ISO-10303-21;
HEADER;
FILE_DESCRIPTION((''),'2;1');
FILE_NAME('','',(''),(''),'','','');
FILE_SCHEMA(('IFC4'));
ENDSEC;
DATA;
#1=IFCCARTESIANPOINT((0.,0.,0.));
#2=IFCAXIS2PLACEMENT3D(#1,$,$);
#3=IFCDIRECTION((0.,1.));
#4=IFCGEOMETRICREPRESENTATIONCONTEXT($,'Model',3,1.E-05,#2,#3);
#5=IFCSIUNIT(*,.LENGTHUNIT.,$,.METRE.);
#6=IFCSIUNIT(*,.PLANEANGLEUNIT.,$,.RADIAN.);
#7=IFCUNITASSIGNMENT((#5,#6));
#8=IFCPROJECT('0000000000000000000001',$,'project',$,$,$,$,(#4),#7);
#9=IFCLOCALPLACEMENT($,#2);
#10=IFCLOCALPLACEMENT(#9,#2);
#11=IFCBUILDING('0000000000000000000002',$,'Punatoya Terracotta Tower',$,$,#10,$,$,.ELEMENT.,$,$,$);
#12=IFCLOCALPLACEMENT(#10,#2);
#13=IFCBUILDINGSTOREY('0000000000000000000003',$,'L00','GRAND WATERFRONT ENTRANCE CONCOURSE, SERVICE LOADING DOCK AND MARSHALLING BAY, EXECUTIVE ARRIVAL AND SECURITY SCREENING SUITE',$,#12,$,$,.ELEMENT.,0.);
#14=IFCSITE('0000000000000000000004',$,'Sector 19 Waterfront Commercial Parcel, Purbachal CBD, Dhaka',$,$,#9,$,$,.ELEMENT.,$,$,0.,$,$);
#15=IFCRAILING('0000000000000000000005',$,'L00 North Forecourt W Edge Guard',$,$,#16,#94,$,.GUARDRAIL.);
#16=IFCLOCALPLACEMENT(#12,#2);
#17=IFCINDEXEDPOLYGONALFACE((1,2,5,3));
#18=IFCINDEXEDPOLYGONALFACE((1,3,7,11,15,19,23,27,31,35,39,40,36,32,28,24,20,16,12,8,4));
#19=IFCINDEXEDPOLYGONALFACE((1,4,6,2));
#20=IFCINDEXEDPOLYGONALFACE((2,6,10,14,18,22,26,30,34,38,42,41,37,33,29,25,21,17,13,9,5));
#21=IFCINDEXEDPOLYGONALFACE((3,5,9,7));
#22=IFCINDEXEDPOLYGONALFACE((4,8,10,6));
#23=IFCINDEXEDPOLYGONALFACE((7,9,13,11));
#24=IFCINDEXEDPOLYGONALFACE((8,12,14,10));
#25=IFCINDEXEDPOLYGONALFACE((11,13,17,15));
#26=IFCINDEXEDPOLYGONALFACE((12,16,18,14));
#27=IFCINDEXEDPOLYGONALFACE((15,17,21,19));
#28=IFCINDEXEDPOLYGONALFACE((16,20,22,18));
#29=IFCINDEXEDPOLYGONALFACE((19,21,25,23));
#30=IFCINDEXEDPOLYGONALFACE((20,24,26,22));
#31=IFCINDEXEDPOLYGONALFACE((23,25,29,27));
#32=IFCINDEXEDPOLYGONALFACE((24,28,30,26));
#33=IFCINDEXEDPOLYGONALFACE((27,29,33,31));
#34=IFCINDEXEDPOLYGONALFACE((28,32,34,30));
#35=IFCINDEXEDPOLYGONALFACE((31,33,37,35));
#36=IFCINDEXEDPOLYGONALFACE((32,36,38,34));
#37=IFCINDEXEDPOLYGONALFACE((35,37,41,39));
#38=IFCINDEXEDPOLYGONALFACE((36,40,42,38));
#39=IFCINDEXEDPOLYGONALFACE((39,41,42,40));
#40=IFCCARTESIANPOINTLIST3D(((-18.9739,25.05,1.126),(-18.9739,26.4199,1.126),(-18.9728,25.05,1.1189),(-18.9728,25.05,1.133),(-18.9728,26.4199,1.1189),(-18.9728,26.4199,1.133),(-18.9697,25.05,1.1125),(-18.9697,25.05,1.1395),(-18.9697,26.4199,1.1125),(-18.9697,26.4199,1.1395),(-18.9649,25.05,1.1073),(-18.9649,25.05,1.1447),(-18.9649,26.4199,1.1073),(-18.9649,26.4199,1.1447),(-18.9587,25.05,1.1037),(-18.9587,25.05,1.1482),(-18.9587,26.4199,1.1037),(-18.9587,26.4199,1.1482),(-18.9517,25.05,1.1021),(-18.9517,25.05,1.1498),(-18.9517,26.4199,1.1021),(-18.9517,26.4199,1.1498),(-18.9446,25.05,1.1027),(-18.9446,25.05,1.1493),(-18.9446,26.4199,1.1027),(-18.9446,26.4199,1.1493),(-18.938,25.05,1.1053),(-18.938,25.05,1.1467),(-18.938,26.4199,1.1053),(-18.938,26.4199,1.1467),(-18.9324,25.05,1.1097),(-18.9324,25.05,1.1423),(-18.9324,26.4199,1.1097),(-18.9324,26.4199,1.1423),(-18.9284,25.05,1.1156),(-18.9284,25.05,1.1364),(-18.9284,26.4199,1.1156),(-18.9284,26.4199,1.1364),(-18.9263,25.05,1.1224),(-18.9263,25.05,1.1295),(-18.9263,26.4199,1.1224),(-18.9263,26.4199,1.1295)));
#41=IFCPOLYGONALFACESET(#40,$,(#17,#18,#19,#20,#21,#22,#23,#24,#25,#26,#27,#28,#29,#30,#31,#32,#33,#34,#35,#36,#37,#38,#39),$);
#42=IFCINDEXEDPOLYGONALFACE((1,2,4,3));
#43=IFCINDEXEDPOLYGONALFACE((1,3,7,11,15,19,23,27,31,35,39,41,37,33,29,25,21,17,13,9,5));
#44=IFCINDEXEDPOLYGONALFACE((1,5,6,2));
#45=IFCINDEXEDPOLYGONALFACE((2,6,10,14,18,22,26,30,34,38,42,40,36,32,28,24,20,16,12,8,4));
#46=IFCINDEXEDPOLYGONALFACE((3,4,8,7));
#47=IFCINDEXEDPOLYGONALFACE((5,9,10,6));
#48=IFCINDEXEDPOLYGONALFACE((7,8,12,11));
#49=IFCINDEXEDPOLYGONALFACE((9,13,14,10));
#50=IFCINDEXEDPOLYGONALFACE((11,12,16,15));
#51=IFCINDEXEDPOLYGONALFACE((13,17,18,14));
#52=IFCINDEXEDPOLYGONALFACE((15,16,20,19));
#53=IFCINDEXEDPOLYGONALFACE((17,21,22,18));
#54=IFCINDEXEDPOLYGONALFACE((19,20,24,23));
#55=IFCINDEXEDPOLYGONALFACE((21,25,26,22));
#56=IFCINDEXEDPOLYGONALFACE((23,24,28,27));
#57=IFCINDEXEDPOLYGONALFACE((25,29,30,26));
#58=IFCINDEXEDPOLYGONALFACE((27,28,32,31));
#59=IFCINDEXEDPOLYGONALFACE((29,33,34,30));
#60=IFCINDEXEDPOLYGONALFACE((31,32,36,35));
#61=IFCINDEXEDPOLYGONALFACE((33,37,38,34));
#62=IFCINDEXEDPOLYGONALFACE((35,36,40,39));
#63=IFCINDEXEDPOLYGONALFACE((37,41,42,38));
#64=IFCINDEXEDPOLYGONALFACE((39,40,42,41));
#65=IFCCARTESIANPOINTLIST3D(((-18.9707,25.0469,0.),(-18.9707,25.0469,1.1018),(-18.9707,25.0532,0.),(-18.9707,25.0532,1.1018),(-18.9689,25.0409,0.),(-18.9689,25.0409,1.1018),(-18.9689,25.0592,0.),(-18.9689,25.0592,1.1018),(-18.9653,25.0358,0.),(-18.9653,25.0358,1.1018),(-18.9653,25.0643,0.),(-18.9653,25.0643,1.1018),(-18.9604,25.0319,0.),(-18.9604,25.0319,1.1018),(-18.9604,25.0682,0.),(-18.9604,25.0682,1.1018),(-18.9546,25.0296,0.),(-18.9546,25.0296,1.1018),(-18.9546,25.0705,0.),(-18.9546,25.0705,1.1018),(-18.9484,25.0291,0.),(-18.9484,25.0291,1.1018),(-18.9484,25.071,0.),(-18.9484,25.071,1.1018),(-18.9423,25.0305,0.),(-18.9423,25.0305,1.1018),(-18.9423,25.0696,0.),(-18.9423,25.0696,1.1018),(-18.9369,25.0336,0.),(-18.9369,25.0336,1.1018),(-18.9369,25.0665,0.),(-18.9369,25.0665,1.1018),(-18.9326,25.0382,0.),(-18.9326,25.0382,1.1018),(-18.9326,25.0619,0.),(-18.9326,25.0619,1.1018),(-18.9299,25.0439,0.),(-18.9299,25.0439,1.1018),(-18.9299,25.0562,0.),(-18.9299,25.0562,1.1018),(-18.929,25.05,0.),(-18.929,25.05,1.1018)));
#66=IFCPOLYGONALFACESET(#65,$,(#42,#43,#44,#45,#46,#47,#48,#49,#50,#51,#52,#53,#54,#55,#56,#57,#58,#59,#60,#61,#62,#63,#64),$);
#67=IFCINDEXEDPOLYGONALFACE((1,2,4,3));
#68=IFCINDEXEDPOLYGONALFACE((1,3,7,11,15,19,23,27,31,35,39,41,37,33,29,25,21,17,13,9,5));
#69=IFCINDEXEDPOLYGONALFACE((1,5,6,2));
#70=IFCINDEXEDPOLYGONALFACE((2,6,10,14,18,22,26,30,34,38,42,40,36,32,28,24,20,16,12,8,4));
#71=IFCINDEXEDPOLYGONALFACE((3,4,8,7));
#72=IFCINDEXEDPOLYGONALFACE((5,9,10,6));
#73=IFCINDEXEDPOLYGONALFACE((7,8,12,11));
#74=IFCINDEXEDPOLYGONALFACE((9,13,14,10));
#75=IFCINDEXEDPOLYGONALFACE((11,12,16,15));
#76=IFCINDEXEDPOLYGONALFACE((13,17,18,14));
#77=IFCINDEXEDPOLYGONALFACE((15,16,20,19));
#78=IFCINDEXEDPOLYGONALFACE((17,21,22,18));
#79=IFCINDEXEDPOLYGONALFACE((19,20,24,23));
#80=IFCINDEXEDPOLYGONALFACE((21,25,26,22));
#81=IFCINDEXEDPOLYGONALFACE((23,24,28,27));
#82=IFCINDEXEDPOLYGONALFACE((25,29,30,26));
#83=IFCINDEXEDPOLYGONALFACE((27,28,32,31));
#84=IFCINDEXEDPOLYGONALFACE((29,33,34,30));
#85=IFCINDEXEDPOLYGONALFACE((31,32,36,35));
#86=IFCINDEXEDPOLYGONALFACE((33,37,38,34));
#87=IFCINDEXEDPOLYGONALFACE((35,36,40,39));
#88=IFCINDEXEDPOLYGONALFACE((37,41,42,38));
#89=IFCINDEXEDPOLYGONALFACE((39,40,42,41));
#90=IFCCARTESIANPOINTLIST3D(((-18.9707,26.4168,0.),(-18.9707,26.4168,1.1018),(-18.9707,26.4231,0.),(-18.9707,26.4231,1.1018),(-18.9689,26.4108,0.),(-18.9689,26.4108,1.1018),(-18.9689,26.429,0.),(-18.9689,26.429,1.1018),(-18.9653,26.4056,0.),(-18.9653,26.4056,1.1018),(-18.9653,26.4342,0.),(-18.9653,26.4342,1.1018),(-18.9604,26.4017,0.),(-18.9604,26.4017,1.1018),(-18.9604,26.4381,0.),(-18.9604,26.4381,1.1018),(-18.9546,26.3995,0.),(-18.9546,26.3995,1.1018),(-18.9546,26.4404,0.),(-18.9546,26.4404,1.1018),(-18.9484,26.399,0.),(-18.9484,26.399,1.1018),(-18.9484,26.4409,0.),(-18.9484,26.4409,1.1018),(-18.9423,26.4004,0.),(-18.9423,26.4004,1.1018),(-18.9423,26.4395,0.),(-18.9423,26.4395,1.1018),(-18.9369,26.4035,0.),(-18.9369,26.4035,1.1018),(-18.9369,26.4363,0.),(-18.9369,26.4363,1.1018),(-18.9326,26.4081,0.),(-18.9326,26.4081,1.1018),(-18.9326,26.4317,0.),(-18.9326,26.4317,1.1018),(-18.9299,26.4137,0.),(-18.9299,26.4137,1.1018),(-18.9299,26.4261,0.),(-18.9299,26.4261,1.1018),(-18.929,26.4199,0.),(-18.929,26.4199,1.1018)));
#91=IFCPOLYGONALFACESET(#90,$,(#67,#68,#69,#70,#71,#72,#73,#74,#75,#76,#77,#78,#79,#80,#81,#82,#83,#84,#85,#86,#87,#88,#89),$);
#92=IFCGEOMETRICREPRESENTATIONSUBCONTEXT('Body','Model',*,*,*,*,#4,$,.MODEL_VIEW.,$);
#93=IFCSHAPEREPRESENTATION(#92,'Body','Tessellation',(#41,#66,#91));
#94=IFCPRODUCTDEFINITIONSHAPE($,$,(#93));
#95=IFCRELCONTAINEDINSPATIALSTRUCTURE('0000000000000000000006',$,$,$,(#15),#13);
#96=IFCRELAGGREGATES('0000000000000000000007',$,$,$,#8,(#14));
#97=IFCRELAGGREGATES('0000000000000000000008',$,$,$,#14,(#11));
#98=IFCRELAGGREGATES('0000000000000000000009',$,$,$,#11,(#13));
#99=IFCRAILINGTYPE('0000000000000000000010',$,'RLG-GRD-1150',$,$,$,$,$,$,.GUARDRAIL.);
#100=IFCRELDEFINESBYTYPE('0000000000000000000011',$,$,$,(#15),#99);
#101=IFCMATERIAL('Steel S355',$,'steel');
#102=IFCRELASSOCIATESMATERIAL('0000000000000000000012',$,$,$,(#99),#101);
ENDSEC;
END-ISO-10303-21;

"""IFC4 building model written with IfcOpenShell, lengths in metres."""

from ifc_helpers import new_model, si_unit, direction, frame, origin, origin_2d, place, context, subcontext, project, spatial, circle, extrude, material, type_object, element, save


model = new_model("IFC4")

# Units and contexts
model_context = context("Model", 3, precision=1e-05, world=origin(), true_north=direction((0.0, 1.0)))
body_context = subcontext(model_context, "Body", "Model", "MODEL_VIEW")
ifc_project = project(units=[si_unit("LENGTHUNIT", "METRE"), si_unit("PLANEANGLEUNIT", "RADIAN")], contexts=[model_context])

# Site, building, storey
site_placement = place(None, origin())
site = spatial("IfcSite", under=ifc_project, at=site_placement, Name="Sector 19 Waterfront Commercial Parcel, Purbachal CBD, Dhaka", CompositionType="ELEMENT", RefElevation=0.0)
building_placement = place(site_placement, origin())
building = spatial("IfcBuilding", under=site, at=building_placement, Name="Punatoya Terracotta Tower", CompositionType="ELEMENT")
storey_placement = place(building_placement, origin())
storey = spatial("IfcBuildingStorey", under=building, at=storey_placement, Name="L00", Description="GRAND WATERFRONT ENTRANCE CONCOURSE, SERVICE LOADING DOCK AND MARSHALLING BAY, EXECUTIVE ARRIVAL AND SECURITY SCREENING SUITE", CompositionType="ELEMENT", Elevation=0.0)

# Shared definitions
ifc_material_1 = material(Name="Steel S355", Category="steel")

# Railing
railing_type_1 = type_object("IfcRailingType", Name="RLG-GRD-1150", PredefinedType="GUARDRAIL", material=ifc_material_1)
railing_1_placement = place(storey_placement, frame((-18.95, 25.05, 0.0)))
element("IfcRailing", 1, at=railing_1_placement, inside=storey, type_object=railing_type_1, Name="L00 North Forecourt W Edge Guard", PredefinedType="GUARDRAIL", context=body_context, shape_type="SweptSolid", body=[
    extrude(circle(Radius=0.0239, at=origin_2d()), frame((0.0, 0.0, 1.126), z_axis=(0.0, 1.0, 0.0), x_axis=(-1.0, 0.0, 0.0)), (0.0, 0.0, 1.0), 1.3699),
    extrude(circle(Radius=0.021, at=origin_2d()), origin(), (0.0, 0.0, 1.0), 1.1018),
    extrude(circle(Radius=0.021, at=origin_2d()), frame((0.0, 1.3699, 0.0)), (0.0, 0.0, 1.0), 1.1018),
])

save(model, "model.ifc")
